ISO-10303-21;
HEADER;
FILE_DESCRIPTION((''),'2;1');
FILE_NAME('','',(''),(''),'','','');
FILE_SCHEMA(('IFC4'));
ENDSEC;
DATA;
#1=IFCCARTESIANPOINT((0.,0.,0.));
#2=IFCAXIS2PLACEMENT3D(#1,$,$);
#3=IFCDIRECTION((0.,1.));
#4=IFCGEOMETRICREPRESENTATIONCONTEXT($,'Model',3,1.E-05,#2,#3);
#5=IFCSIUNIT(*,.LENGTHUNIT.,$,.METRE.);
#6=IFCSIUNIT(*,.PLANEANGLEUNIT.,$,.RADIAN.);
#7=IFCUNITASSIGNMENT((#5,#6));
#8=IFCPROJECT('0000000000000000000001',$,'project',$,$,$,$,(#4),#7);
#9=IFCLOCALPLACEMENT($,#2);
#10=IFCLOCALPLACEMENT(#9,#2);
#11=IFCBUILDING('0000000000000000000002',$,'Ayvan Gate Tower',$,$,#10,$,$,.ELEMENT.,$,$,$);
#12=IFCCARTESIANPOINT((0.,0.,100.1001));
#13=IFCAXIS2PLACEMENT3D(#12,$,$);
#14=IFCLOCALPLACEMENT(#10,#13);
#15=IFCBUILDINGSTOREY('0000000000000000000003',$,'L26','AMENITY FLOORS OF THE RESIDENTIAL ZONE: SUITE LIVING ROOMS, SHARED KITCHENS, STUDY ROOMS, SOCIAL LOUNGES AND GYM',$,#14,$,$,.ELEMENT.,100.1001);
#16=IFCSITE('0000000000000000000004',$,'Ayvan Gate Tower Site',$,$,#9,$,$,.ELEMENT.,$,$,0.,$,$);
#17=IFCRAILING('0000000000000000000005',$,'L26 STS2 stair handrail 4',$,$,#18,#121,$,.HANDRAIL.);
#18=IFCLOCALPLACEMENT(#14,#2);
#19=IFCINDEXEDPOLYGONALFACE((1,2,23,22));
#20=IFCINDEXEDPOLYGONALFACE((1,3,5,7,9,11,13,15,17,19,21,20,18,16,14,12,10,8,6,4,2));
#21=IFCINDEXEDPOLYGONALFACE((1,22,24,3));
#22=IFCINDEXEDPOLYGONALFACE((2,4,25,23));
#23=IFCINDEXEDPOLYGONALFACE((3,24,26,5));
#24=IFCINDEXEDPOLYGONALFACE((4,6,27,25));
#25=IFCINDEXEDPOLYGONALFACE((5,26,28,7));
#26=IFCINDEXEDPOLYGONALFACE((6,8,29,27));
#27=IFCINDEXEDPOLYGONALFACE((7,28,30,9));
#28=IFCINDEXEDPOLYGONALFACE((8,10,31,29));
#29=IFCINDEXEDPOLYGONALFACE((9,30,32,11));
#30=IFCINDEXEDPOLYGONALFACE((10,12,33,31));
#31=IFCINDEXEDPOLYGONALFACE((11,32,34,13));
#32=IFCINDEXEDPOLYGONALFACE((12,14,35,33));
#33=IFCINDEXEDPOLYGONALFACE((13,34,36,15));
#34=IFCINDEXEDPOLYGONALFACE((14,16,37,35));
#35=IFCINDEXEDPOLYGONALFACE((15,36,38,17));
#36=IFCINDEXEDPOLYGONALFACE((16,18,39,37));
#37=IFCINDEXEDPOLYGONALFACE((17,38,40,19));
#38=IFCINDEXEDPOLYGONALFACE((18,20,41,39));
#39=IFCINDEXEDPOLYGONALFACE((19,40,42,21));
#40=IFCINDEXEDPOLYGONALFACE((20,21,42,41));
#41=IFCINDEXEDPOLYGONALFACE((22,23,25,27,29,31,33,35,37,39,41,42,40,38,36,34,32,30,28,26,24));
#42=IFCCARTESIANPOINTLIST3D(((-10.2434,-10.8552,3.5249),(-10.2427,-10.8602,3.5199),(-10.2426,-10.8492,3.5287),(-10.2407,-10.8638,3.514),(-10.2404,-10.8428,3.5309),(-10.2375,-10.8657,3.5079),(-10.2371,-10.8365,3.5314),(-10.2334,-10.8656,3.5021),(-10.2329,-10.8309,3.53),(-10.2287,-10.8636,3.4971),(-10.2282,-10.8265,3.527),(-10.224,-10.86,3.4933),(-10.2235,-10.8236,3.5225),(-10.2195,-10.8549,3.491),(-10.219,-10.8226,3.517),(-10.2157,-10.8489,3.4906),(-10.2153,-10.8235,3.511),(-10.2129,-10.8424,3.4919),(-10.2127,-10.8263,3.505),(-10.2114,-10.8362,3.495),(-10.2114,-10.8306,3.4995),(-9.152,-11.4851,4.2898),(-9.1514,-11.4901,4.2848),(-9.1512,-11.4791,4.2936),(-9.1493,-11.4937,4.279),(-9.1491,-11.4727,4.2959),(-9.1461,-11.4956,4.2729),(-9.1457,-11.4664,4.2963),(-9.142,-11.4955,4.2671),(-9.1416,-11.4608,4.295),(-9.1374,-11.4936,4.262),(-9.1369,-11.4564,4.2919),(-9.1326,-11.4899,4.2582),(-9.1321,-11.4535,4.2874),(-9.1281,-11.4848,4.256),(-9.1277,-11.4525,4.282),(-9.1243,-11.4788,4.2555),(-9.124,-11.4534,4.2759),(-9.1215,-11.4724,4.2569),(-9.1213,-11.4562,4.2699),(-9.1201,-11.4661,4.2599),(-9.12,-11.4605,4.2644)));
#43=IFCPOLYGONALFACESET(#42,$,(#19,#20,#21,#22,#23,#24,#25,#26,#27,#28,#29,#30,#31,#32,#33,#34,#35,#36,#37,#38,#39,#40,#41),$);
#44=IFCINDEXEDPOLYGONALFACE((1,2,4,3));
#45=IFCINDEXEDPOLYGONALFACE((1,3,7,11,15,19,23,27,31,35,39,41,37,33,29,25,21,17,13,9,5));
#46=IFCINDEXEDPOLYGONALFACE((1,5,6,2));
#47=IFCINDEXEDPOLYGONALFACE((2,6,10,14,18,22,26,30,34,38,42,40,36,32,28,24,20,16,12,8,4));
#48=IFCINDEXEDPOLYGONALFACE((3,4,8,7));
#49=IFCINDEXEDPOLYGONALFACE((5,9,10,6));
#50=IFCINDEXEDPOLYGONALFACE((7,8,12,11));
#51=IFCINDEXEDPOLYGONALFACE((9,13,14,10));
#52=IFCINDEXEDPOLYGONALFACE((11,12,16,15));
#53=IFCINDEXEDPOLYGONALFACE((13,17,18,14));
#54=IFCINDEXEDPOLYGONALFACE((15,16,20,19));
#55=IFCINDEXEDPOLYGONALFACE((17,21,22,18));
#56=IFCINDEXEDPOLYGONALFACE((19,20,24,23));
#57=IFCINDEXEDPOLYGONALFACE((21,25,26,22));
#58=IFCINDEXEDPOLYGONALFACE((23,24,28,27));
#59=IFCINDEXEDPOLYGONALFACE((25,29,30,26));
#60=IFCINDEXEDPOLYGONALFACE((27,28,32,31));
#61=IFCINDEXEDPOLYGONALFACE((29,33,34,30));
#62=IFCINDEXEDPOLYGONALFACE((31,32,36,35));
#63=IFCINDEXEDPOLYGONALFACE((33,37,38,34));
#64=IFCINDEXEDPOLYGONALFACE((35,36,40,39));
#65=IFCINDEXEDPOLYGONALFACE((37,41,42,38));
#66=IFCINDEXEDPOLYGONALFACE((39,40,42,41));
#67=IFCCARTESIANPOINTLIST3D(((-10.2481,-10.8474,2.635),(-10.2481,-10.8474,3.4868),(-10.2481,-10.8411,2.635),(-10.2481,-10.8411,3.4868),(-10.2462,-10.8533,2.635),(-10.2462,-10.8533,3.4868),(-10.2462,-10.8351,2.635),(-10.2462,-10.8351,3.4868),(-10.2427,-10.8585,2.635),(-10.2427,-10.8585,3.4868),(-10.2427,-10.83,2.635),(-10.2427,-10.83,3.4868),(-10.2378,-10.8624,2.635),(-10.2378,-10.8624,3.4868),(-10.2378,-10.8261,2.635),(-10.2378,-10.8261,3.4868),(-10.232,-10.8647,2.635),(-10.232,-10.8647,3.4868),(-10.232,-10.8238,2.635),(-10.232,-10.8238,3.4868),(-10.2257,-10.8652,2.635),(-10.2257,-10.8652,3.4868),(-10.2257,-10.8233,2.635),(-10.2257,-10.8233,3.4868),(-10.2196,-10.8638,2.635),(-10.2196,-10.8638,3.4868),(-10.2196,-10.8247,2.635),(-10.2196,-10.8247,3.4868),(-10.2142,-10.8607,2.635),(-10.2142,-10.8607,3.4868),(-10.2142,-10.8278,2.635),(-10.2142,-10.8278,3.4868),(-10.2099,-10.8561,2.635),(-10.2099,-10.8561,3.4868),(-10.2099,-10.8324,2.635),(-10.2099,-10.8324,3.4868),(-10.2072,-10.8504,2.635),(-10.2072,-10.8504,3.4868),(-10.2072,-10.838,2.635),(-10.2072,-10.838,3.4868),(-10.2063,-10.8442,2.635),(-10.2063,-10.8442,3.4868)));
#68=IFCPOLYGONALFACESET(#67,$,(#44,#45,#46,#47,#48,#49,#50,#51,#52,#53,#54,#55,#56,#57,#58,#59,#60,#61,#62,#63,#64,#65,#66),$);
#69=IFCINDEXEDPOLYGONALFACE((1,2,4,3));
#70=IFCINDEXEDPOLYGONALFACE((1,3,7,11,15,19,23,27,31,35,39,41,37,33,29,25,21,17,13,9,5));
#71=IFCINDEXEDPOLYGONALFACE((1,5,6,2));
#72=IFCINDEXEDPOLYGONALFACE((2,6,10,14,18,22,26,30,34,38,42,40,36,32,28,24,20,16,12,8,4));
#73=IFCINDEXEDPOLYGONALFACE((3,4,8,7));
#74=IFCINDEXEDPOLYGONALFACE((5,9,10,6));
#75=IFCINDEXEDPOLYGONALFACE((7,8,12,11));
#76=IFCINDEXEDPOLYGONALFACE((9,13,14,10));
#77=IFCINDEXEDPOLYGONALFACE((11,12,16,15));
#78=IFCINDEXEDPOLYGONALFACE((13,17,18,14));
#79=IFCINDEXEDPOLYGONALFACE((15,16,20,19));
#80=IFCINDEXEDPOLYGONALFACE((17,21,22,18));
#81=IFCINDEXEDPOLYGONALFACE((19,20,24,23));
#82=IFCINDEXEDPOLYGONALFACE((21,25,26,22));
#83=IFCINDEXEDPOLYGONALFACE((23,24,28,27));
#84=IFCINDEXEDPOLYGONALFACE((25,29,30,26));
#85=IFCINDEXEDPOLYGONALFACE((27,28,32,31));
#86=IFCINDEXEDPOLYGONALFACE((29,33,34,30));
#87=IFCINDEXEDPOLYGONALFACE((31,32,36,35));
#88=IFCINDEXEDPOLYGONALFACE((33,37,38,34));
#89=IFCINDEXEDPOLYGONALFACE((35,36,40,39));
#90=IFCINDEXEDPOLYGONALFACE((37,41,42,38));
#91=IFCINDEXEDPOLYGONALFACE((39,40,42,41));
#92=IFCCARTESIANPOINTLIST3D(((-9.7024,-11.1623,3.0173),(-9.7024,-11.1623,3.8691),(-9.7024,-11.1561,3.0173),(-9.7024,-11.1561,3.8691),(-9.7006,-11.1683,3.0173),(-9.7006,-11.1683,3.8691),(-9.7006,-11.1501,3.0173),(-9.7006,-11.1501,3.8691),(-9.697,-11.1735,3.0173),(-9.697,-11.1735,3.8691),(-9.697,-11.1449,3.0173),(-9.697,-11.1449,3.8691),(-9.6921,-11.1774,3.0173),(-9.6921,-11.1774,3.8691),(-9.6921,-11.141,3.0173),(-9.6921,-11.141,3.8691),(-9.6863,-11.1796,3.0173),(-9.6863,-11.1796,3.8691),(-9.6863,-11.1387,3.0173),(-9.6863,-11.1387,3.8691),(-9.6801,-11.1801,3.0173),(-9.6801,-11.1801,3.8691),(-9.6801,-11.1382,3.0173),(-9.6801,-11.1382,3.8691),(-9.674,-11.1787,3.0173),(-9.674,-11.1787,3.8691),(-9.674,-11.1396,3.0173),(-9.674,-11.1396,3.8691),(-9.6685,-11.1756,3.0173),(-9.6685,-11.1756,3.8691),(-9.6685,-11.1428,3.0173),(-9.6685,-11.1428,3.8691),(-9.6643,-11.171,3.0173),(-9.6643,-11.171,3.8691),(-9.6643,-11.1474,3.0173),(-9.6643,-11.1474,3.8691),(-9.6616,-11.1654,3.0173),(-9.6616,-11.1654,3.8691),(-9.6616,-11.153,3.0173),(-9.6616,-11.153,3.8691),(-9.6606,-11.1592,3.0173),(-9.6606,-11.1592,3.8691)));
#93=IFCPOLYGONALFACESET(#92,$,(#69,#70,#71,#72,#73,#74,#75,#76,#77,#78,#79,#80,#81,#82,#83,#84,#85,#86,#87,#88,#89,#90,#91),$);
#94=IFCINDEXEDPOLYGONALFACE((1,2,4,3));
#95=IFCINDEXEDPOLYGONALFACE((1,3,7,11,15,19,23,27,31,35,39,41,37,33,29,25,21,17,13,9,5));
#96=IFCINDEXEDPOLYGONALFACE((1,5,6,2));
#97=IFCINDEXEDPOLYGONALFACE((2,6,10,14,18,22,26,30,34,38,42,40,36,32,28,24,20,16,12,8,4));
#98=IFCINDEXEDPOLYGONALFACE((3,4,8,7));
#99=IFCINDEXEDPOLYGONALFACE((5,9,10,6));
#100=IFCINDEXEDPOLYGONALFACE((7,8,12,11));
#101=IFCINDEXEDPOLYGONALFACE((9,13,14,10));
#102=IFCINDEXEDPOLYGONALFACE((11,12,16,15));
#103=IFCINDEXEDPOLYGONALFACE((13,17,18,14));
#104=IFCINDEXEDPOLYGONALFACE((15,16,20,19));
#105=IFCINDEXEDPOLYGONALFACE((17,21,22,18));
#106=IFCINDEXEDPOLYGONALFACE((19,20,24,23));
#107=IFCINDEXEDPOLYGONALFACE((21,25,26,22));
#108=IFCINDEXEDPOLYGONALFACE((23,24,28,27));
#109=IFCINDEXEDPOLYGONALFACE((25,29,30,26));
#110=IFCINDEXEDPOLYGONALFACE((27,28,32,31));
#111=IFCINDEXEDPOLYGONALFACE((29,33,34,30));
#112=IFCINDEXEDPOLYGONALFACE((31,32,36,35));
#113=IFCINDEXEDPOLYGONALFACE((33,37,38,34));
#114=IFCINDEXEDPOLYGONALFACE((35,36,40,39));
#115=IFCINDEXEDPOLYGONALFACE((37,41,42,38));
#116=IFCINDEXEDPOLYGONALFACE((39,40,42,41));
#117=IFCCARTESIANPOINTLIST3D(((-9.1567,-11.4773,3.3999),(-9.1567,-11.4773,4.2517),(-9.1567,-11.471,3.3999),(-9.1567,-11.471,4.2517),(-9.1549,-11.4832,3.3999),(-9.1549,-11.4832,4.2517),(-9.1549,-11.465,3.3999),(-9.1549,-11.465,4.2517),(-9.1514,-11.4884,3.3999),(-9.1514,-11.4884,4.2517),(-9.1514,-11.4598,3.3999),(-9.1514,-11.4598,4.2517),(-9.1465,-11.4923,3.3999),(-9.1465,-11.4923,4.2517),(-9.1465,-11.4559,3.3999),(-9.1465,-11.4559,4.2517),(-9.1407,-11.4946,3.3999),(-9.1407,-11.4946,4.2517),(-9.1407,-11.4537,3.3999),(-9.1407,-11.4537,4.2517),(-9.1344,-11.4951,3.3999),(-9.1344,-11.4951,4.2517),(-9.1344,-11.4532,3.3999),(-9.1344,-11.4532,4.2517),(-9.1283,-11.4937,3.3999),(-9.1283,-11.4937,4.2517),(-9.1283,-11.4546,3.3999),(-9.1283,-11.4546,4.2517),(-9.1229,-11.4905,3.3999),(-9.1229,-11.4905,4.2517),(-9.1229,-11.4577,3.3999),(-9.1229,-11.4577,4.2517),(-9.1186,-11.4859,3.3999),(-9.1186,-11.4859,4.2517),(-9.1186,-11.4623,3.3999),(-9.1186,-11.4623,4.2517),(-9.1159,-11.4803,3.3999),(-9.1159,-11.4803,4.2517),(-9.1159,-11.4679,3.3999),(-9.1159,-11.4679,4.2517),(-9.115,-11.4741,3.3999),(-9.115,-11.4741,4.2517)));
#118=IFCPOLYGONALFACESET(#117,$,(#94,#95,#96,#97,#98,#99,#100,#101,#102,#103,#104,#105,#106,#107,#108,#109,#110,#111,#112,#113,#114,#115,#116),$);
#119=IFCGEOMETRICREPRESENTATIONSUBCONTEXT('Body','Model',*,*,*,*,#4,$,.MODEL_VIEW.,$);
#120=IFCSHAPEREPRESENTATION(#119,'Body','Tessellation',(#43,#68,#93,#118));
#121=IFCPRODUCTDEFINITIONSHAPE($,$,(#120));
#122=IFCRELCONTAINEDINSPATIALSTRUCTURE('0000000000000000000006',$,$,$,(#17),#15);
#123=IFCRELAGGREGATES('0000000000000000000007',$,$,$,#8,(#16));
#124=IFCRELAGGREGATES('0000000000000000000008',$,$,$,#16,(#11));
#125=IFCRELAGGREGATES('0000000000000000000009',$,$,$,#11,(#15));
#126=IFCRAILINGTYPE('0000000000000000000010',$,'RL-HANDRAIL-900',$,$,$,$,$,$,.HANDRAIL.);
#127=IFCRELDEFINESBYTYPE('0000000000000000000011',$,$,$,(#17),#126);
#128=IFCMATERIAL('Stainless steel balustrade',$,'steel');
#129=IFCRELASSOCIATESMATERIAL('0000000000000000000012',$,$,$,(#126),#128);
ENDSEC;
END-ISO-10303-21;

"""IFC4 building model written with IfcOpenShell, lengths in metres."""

from ifc_helpers import new_model, si_unit, direction, frame, origin, origin_2d, place, context, subcontext, project, spatial, circle, extrude, material, type_object, element, save


model = new_model("IFC4")

# Units and contexts
model_context = context("Model", 3, precision=1e-05, world=origin(), true_north=direction((0.0, 1.0)))
body_context = subcontext(model_context, "Body", "Model", "MODEL_VIEW")
ifc_project = project(units=[si_unit("LENGTHUNIT", "METRE"), si_unit("PLANEANGLEUNIT", "RADIAN")], contexts=[model_context])

# Site, building, storey
site_placement = place(None, origin())
site = spatial("IfcSite", under=ifc_project, at=site_placement, Name="Ayvan Gate Tower Site", CompositionType="ELEMENT", RefElevation=0.0)
building_placement = place(site_placement, origin())
building = spatial("IfcBuilding", under=site, at=building_placement, Name="Ayvan Gate Tower", CompositionType="ELEMENT")
storey_placement = place(building_placement, frame((0.0, 0.0, 100.1001)))
storey = spatial("IfcBuildingStorey", under=building, at=storey_placement, Name="L26", Description="AMENITY FLOORS OF THE RESIDENTIAL ZONE: SUITE LIVING ROOMS, SHARED KITCHENS, STUDY ROOMS, SOCIAL LOUNGES AND GYM", CompositionType="ELEMENT", Elevation=100.1001)

# Railing
ifc_material_1 = material(Name="Stainless steel balustrade", Category="steel")
railing_type_1 = type_object("IfcRailingType", Name="RL-HANDRAIL-900", PredefinedType="HANDRAIL", material=ifc_material_1)
railing_1_placement = place(storey_placement, frame((-10.2273, -10.8442, 2.635)))
element("IfcRailing", 1, at=railing_1_placement, inside=storey, type_object=railing_type_1, Name="L26 STS2 stair handrail 4", PredefinedType="HANDRAIL", context=body_context, shape_type="SweptSolid", body=[
    extrude(circle(Radius=0.0239, at=origin_2d()), frame((0.0, 0.0, 0.876), z_axis=(0.740357, -0.42732, 0.518912), x_axis=(0.49989, 0.866089, 0.0)), (0.0, 0.0, 1.0), 1.4741),
    extrude(circle(Radius=0.021, at=origin_2d()), origin(), (0.0, 0.0, 1.0), 0.8518),
    extrude(circle(Radius=0.021, at=origin_2d()), frame((0.5457, -0.3149, 0.3823)), (0.0, 0.0, 1.0), 0.8518),
    extrude(circle(Radius=0.021, at=origin_2d()), frame((1.0913, -0.6299, 0.7649)), (0.0, 0.0, 1.0), 0.8518),
])

save(model, "model.ifc")
